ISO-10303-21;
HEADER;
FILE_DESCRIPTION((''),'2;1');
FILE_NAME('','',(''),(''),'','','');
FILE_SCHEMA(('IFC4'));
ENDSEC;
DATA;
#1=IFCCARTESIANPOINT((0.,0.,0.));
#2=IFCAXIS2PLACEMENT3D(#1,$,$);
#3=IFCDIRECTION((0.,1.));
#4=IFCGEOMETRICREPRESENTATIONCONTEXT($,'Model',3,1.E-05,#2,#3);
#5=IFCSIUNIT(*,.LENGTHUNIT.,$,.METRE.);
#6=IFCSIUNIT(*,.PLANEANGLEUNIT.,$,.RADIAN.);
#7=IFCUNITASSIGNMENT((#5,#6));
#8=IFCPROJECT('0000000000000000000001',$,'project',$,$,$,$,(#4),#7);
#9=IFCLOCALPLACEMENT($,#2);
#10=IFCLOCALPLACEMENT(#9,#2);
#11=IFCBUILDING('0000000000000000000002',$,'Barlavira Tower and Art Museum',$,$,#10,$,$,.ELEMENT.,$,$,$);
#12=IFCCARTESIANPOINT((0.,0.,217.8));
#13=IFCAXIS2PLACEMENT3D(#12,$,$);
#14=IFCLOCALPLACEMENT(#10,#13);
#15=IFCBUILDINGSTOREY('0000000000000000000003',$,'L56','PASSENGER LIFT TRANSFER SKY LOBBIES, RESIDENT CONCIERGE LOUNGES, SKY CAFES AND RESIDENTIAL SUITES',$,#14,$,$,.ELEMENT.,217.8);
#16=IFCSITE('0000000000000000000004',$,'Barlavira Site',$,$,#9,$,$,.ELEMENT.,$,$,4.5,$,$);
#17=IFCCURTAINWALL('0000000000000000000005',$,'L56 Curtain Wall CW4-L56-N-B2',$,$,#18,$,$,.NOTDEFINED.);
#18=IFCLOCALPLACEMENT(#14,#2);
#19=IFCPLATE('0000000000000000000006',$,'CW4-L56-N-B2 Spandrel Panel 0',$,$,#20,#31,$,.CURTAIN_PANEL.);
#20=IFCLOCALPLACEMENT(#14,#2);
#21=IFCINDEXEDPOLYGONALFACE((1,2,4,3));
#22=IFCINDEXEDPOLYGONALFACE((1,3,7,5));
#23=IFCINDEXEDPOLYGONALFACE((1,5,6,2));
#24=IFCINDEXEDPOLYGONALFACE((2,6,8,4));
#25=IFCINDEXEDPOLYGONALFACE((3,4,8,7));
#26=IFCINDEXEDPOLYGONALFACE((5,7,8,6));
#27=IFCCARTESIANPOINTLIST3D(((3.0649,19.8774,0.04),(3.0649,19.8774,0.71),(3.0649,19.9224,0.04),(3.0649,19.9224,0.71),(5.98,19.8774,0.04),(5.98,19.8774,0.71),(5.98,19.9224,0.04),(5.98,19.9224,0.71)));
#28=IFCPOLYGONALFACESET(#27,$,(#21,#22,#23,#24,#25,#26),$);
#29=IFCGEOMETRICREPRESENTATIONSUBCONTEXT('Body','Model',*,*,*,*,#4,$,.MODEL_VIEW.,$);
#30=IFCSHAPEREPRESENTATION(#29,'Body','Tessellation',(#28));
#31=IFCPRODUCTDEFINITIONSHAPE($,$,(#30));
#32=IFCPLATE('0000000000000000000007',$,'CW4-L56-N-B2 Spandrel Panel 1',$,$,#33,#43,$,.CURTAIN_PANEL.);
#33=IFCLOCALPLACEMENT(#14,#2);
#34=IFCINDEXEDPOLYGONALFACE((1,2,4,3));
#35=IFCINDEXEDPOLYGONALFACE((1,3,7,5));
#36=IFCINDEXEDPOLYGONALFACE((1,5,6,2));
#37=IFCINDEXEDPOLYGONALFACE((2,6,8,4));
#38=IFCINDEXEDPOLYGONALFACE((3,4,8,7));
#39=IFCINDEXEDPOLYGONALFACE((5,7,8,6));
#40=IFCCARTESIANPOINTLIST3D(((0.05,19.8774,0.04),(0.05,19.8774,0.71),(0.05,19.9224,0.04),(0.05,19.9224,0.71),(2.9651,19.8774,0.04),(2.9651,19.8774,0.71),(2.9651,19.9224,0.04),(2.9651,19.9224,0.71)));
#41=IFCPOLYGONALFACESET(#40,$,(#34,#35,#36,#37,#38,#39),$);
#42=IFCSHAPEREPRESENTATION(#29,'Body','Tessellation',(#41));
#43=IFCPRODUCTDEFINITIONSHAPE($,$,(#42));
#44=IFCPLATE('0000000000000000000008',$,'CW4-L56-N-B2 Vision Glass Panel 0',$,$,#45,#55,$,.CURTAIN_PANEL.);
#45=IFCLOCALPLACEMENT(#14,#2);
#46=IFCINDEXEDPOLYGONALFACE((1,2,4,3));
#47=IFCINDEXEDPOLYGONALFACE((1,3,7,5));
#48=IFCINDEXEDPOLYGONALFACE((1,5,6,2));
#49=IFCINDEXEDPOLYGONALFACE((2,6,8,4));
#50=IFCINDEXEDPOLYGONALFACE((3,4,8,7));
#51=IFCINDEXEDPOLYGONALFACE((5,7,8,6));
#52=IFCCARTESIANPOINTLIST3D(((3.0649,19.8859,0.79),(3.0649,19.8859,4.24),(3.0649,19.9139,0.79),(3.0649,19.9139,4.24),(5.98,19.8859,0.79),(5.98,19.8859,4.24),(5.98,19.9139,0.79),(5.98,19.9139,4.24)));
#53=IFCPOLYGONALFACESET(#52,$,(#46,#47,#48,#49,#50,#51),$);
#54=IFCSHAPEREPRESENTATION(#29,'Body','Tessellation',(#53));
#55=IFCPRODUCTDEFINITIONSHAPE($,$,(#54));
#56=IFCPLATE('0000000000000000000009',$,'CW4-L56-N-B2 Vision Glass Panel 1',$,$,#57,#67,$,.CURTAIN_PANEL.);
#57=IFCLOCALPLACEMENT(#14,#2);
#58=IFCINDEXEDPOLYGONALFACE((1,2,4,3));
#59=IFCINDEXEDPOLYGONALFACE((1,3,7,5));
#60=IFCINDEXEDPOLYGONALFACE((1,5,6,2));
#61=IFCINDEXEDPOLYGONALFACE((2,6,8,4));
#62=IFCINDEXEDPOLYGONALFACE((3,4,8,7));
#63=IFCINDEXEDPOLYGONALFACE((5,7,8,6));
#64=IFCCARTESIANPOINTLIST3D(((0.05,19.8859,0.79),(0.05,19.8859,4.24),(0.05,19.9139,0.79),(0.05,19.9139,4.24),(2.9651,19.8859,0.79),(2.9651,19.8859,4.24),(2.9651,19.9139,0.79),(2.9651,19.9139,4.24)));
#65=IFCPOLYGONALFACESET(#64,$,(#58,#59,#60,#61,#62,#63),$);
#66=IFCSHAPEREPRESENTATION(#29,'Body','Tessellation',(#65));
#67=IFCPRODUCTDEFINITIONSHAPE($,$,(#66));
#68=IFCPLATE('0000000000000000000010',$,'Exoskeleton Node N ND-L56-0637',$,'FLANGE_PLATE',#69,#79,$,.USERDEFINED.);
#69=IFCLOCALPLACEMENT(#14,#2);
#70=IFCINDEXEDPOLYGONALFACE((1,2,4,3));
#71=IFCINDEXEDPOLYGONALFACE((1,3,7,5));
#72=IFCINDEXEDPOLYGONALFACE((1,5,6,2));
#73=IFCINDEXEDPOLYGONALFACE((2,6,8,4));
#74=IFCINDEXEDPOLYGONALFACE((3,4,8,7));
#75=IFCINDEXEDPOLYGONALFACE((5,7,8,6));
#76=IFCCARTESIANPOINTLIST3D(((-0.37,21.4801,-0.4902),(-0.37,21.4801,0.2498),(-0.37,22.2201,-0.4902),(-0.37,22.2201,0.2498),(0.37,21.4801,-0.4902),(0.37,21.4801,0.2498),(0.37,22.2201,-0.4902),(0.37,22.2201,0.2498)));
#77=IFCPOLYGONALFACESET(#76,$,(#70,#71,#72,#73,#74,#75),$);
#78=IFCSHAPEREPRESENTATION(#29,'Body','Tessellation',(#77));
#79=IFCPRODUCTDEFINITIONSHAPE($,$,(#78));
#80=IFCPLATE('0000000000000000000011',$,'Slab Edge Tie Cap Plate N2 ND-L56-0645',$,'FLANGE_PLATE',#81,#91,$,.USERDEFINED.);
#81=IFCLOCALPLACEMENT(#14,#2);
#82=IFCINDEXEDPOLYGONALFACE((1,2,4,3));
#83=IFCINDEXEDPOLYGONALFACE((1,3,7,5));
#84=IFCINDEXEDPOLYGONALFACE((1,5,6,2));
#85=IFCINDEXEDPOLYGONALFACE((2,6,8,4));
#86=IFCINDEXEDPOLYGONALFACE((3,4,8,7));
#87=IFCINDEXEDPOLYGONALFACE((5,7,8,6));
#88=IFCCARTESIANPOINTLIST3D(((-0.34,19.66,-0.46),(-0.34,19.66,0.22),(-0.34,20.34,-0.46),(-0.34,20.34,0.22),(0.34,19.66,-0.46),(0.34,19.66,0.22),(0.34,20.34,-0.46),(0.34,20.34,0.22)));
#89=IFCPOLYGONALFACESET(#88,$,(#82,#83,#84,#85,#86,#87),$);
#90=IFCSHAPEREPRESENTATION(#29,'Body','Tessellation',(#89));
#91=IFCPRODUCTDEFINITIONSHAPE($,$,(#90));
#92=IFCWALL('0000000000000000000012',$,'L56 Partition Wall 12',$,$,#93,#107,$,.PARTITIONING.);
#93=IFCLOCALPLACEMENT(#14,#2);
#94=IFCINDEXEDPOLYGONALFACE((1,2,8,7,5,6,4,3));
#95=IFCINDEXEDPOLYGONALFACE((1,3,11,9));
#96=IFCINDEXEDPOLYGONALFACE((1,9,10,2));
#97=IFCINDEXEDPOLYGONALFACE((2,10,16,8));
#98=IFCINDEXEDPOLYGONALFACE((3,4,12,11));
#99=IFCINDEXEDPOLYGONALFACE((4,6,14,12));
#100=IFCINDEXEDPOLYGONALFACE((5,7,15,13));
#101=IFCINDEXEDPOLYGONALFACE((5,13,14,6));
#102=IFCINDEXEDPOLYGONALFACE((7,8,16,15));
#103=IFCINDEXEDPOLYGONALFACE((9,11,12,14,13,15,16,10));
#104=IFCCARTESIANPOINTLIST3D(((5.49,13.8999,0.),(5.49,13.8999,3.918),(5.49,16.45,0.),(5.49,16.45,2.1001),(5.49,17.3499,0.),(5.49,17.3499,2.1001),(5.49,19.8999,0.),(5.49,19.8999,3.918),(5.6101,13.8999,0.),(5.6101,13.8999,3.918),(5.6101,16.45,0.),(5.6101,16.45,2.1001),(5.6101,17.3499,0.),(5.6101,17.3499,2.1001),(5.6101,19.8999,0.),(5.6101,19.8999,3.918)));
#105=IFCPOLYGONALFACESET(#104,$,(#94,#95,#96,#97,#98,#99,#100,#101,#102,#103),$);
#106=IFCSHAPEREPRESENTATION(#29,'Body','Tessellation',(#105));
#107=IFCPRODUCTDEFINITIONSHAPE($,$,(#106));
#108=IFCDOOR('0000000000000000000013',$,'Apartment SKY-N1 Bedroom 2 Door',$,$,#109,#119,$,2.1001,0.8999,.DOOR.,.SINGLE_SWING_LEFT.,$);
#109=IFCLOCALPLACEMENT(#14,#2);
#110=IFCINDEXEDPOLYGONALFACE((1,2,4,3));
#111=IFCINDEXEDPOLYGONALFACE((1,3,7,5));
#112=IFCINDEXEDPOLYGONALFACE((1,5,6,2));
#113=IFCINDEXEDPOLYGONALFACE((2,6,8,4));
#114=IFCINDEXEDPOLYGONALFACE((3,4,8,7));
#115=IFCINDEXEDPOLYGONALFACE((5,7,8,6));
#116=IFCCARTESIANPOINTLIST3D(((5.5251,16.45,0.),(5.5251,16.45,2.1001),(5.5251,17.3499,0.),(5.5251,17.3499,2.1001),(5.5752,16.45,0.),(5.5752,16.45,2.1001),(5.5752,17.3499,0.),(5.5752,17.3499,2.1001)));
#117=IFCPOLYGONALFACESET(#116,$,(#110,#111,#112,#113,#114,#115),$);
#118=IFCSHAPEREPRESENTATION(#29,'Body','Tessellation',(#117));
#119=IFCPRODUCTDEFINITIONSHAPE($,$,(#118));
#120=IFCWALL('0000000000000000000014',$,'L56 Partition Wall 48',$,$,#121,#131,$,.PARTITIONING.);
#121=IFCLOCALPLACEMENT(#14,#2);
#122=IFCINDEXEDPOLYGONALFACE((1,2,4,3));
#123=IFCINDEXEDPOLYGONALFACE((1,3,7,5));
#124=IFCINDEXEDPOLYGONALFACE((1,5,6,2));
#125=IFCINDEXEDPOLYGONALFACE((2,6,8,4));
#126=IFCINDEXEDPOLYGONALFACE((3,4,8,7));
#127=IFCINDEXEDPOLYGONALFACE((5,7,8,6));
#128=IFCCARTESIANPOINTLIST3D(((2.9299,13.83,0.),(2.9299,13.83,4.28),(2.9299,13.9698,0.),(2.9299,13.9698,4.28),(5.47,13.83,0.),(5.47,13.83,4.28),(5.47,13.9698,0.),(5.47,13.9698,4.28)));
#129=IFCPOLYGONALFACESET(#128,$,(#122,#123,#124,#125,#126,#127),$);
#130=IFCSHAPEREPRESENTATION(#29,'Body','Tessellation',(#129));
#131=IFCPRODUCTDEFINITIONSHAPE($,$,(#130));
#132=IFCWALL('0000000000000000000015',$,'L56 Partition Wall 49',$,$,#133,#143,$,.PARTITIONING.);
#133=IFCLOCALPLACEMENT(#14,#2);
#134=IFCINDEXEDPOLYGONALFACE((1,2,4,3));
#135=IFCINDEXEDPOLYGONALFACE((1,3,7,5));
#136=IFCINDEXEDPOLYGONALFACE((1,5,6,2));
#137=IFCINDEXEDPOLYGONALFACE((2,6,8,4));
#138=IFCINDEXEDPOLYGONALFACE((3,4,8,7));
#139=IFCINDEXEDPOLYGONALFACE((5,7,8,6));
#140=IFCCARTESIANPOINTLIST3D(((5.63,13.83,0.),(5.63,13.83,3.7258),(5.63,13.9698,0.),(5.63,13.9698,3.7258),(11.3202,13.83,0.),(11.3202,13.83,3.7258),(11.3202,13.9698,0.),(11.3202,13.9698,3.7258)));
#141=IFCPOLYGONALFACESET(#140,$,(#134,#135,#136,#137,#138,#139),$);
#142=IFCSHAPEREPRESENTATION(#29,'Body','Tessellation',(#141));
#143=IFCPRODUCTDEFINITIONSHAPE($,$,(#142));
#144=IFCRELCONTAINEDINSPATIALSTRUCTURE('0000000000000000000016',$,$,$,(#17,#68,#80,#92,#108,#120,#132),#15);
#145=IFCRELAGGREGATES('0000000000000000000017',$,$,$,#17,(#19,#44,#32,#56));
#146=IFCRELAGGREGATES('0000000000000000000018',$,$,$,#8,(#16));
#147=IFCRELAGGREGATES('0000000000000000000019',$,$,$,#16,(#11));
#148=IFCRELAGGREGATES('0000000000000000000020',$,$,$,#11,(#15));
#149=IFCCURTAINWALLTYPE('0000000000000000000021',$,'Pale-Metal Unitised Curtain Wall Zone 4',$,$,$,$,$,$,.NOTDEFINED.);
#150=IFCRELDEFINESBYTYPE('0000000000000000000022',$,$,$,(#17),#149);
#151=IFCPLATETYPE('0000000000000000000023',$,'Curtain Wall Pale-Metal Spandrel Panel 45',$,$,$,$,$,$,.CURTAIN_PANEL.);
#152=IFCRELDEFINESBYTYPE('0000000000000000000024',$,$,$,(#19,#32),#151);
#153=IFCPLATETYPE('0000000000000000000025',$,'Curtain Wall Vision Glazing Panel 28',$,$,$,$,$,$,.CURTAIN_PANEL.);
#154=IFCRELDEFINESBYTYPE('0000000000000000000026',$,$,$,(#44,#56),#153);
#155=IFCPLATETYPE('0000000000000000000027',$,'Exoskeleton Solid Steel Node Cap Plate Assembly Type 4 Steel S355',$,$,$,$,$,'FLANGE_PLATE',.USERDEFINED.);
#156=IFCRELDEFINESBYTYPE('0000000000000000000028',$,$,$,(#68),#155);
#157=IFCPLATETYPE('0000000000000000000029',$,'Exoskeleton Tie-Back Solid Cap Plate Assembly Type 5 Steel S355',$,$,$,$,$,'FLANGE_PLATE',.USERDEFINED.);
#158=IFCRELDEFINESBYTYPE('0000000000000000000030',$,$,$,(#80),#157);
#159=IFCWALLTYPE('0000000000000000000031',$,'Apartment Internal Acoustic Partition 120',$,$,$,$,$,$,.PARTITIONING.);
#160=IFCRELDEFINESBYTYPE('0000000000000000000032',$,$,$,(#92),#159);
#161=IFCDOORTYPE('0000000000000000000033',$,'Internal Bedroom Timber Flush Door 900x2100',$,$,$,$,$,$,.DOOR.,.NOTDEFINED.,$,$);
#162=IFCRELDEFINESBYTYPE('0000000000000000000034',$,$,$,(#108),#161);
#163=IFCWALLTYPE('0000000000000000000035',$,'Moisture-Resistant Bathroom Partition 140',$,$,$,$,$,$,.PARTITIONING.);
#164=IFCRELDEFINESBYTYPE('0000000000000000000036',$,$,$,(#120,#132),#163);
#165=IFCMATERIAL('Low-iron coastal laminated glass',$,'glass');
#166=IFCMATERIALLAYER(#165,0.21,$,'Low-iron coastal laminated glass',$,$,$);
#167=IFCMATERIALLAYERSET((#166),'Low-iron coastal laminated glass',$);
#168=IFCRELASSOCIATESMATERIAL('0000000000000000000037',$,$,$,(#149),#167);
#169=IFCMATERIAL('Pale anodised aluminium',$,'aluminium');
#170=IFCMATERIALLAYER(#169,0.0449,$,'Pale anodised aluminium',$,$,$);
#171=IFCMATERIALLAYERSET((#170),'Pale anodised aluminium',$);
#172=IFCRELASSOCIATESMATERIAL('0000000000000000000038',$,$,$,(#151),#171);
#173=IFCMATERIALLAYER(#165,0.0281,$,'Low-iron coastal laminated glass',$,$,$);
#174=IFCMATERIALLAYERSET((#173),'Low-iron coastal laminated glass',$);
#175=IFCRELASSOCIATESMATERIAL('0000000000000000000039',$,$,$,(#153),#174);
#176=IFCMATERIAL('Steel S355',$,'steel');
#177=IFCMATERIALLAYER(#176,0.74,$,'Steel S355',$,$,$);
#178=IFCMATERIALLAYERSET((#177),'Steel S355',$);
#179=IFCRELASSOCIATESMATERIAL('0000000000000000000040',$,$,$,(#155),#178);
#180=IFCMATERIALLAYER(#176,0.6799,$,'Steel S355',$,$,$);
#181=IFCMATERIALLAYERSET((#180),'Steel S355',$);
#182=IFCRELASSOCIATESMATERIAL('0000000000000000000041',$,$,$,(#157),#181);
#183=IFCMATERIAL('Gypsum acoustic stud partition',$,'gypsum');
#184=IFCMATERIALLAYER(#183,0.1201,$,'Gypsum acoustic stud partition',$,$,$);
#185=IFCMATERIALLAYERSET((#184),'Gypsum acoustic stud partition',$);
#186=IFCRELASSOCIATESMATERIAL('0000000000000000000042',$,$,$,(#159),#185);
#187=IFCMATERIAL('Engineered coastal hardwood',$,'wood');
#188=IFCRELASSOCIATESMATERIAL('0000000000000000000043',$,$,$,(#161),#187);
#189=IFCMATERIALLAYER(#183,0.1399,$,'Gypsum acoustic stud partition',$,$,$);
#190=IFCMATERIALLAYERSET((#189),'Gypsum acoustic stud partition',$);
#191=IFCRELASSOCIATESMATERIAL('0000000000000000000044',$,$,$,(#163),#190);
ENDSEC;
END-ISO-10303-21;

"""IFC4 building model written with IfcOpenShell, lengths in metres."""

from ifc_helpers import new_model, si_unit, direction, frame, frame_2d, origin, origin_2d, place, context, subcontext, project, spatial, rectangle, extrude, material, layer, layer_set, type_object, element, fill, aggregate, save


model = new_model("IFC4")

# Units and contexts
model_context = context("Model", 3, precision=1e-05, world=origin(), true_north=direction((0.0, 1.0)))
body_context = subcontext(model_context, "Body", "Model", "MODEL_VIEW")
ifc_project = project(units=[si_unit("LENGTHUNIT", "METRE"), si_unit("PLANEANGLEUNIT", "RADIAN")], contexts=[model_context])

# Site, building, storey
site_placement = place(None, origin())
site = spatial("IfcSite", under=ifc_project, at=site_placement, Name="Barlavira Site", CompositionType="ELEMENT", RefElevation=4.5)
building_placement = place(site_placement, origin())
building = spatial("IfcBuilding", under=site, at=building_placement, Name="Barlavira Tower and Art Museum", CompositionType="ELEMENT")
storey_placement = place(building_placement, frame((0.0, 0.0, 217.8)))
storey = spatial("IfcBuildingStorey", under=building, at=storey_placement, Name="L56", Description="PASSENGER LIFT TRANSFER SKY LOBBIES, RESIDENT CONCIERGE LOUNGES, SKY CAFES AND RESIDENTIAL SUITES", CompositionType="ELEMENT", Elevation=217.8)

# Curtain wall
ifc_material_1 = material(Name="Low-iron coastal laminated glass", Category="glass")
ifc_layer_1 = layer(ifc_material_1, 0.21, Name="Low-iron coastal laminated glass")
ifc_layer_set_1 = layer_set([ifc_layer_1], Name="Low-iron coastal laminated glass")
curtain_wall_type = type_object("IfcCurtainWallType", Name="Pale-Metal Unitised Curtain Wall Zone 4", PredefinedType="NOTDEFINED", material=ifc_layer_set_1)
curtain_wall_placement = place(storey_placement, origin())
curtain_wall = element("IfcCurtainWall", 1, at=curtain_wall_placement, inside=storey, type_object=curtain_wall_type, Name="L56 Curtain Wall CW4-L56-N-B2", PredefinedType="NOTDEFINED")
ifc_material_2 = material(Name="Pale anodised aluminium", Category="aluminium")

# Shared definitions
ifc_material_3 = material(Name="Steel S355", Category="steel")

# Plates
ifc_layer_2 = layer(ifc_material_2, 0.0449, Name="Pale anodised aluminium")
ifc_layer_set_2 = layer_set([ifc_layer_2], Name="Pale anodised aluminium")
plate_type_1 = type_object("IfcPlateType", Name="Curtain Wall Pale-Metal Spandrel Panel 45", PredefinedType="CURTAIN_PANEL", material=ifc_layer_set_2)
plate_1_placement = place(storey_placement, frame((4.5225, 19.8999, 0.04), z_axis=(0.0, 0.0, 1.0), x_axis=(-1.0, 0.0, 0.0)))
plate_1 = element("IfcPlate", 2, at=plate_1_placement, type_object=plate_type_1, Name="CW4-L56-N-B2 Spandrel Panel 0", PredefinedType="CURTAIN_PANEL", context=body_context, shape_type="SweptSolid", body=[
    extrude(rectangle(XDim=2.915, YDim=0.0449, at=origin_2d()), origin(), (0.0, 0.0, 1.0), 0.6699),
])
plate_2_placement = place(storey_placement, frame((1.5076, 19.8999, 0.04), z_axis=(0.0, 0.0, 1.0), x_axis=(-1.0, 0.0, 0.0)))
plate_2 = element("IfcPlate", 3, at=plate_2_placement, type_object=plate_type_1, Name="CW4-L56-N-B2 Spandrel Panel 1", PredefinedType="CURTAIN_PANEL", context=body_context, shape_type="SweptSolid", body=[
    extrude(rectangle(XDim=2.915, YDim=0.0449, at=origin_2d()), origin(), (0.0, 0.0, 1.0), 0.6699),
])
ifc_layer_3 = layer(ifc_material_1, 0.0281, Name="Low-iron coastal laminated glass")
ifc_layer_set_3 = layer_set([ifc_layer_3], Name="Low-iron coastal laminated glass")
plate_type_2 = type_object("IfcPlateType", Name="Curtain Wall Vision Glazing Panel 28", PredefinedType="CURTAIN_PANEL", material=ifc_layer_set_3)
plate_3_placement = place(storey_placement, frame((4.5225, 19.8999, 0.79), z_axis=(0.0, 0.0, 1.0), x_axis=(-1.0, 0.0, 0.0)))
plate_3 = element("IfcPlate", 4, at=plate_3_placement, type_object=plate_type_2, Name="CW4-L56-N-B2 Vision Glass Panel 0", PredefinedType="CURTAIN_PANEL", context=body_context, shape_type="SweptSolid", body=[
    extrude(rectangle(XDim=2.915, YDim=0.0281, at=origin_2d()), origin(), (0.0, 0.0, 1.0), 3.45),
])
plate_4_placement = place(storey_placement, frame((1.5076, 19.8999, 0.79), z_axis=(0.0, 0.0, 1.0), x_axis=(-1.0, 0.0, 0.0)))
plate_4 = element("IfcPlate", 5, at=plate_4_placement, type_object=plate_type_2, Name="CW4-L56-N-B2 Vision Glass Panel 1", PredefinedType="CURTAIN_PANEL", context=body_context, shape_type="SweptSolid", body=[
    extrude(rectangle(XDim=2.915, YDim=0.0281, at=origin_2d()), origin(), (0.0, 0.0, 1.0), 3.45),
])
aggregate(curtain_wall, [plate_1, plate_3, plate_2, plate_4])

# Plates
ifc_layer_4 = layer(ifc_material_3, 0.74, Name="Steel S355")
ifc_layer_set_4 = layer_set([ifc_layer_4], Name="Steel S355")
plate_type_3 = type_object("IfcPlateType", Name="Exoskeleton Solid Steel Node Cap Plate Assembly Type 4 Steel S355", ElementType="FLANGE_PLATE", PredefinedType="USERDEFINED", material=ifc_layer_set_4)
plate_5_placement = place(storey_placement, frame((0.0, 21.8501, -0.4902), z_axis=(0.0, 0.0, 1.0), x_axis=(1.0, 0.0, 0.0)))
element("IfcPlate", 6, at=plate_5_placement, inside=storey, type_object=plate_type_3, Name="Exoskeleton Node N ND-L56-0637", ObjectType="FLANGE_PLATE", PredefinedType="USERDEFINED", context=body_context, shape_type="SweptSolid", body=[
    extrude(rectangle(XDim=0.74, YDim=0.74, at=origin_2d()), origin(), (0.0, 0.0, 1.0), 0.74),
])
ifc_layer_5 = layer(ifc_material_3, 0.6799, Name="Steel S355")
ifc_layer_set_5 = layer_set([ifc_layer_5], Name="Steel S355")
plate_type_4 = type_object("IfcPlateType", Name="Exoskeleton Tie-Back Solid Cap Plate Assembly Type 5 Steel S355", ElementType="FLANGE_PLATE", PredefinedType="USERDEFINED", material=ifc_layer_set_5)
plate_6_placement = place(storey_placement, frame((0.0, 20.0, -0.46), z_axis=(0.0, 0.0, 1.0), x_axis=(1.0, 0.0, 0.0)))
element("IfcPlate", 7, at=plate_6_placement, inside=storey, type_object=plate_type_4, Name="Slab Edge Tie Cap Plate N2 ND-L56-0645", ObjectType="FLANGE_PLATE", PredefinedType="USERDEFINED", context=body_context, shape_type="SweptSolid", body=[
    extrude(rectangle(XDim=0.6799, YDim=0.6799, at=origin_2d()), origin(), (0.0, 0.0, 1.0), 0.6799),
])

# Wall, opening, door
ifc_material_4 = material(Name="Gypsum acoustic stud partition", Category="gypsum")
ifc_layer_6 = layer(ifc_material_4, 0.1201, Name="Gypsum acoustic stud partition")
ifc_layer_set_6 = layer_set([ifc_layer_6], Name="Gypsum acoustic stud partition")
wall_type_1 = type_object("IfcWallType", Name="Apartment Internal Acoustic Partition 120", PredefinedType="PARTITIONING", material=ifc_layer_set_6)
wall_1_placement = place(storey_placement, frame((5.55, 13.8999, 0.0), z_axis=(0.0, 0.0, 1.0), x_axis=(0.0, 1.0, 0.0)))
wall_1 = element("IfcWall", 8, at=wall_1_placement, inside=storey, type_object=wall_type_1, Name="L56 Partition Wall 12", PredefinedType="PARTITIONING", context=body_context, shape_type="SweptSolid", body=[
    extrude(rectangle(XDim=6.0, YDim=0.1201, at=frame_2d((3.0, 0.0))), origin(), (0.0, 0.0, 1.0), 3.918),
])
opening_placement = place(wall_1_placement, frame((2.55, 0.0, 0.0)))
opening = element("IfcOpeningElement", 9, at=opening_placement, cuts=wall_1, PredefinedType="OPENING", context=body_context, shape_type="SweptSolid", body=[
    extrude(rectangle(XDim=0.8999, YDim=2.1001, at=frame_2d((0.45, 1.05))), frame((0.0, 0.0701, 0.0), z_axis=(0.0, -1.0, 0.0), x_axis=(1.0, 0.0, 0.0)), (0.0, 0.0, 1.0), 0.1401),
])
ifc_material_5 = material(Name="Engineered coastal hardwood", Category="wood")
door_type = type_object("IfcDoorType", Name="Internal Bedroom Timber Flush Door 900x2100", OperationType="NOTDEFINED", PredefinedType="DOOR", material=ifc_material_5)
door_placement = place(opening_placement, origin())
door = element("IfcDoor", 10, at=door_placement, inside=storey, type_object=door_type, Name="Apartment SKY-N1 Bedroom 2 Door", OperationType="SINGLE_SWING_LEFT", OverallHeight=2.1001, OverallWidth=0.8999, PredefinedType="DOOR", context=body_context, shape_type="SweptSolid", body=[
    extrude(rectangle(XDim=0.8999, YDim=2.1001, at=frame_2d((0.45, 1.05))), frame((0.0, 0.0249, 0.0), z_axis=(0.0, -1.0, 0.0), x_axis=(1.0, 0.0, 0.0)), (0.0, 0.0, 1.0), 0.05),
])
fill(opening, door)

# Walls
ifc_layer_7 = layer(ifc_material_4, 0.1399, Name="Gypsum acoustic stud partition")
ifc_layer_set_7 = layer_set([ifc_layer_7], Name="Gypsum acoustic stud partition")
wall_type_2 = type_object("IfcWallType", Name="Moisture-Resistant Bathroom Partition 140", PredefinedType="PARTITIONING", material=ifc_layer_set_7)
wall_2_placement = place(storey_placement, frame((2.9299, 13.8999, 0.0), z_axis=(0.0, 0.0, 1.0), x_axis=(1.0, 0.0, 0.0)))
element("IfcWall", 11, at=wall_2_placement, inside=storey, type_object=wall_type_2, Name="L56 Partition Wall 48", PredefinedType="PARTITIONING", context=body_context, shape_type="SweptSolid", body=[
    extrude(rectangle(XDim=2.54, YDim=0.1399, at=frame_2d((1.27, 0.0))), origin(), (0.0, 0.0, 1.0), 4.28),
])
wall_3_placement = place(storey_placement, frame((5.6299, 13.8999, 0.0), z_axis=(0.0, 0.0, 1.0), x_axis=(1.0, 0.0, 0.0)))
element("IfcWall", 12, at=wall_3_placement, inside=storey, type_object=wall_type_2, Name="L56 Partition Wall 49", PredefinedType="PARTITIONING", context=body_context, shape_type="SweptSolid", body=[
    extrude(rectangle(XDim=5.6902, YDim=0.1399, at=frame_2d((2.8452, 0.0))), origin(), (0.0, 0.0, 1.0), 3.7258),
])

save(model, "model.ifc")
